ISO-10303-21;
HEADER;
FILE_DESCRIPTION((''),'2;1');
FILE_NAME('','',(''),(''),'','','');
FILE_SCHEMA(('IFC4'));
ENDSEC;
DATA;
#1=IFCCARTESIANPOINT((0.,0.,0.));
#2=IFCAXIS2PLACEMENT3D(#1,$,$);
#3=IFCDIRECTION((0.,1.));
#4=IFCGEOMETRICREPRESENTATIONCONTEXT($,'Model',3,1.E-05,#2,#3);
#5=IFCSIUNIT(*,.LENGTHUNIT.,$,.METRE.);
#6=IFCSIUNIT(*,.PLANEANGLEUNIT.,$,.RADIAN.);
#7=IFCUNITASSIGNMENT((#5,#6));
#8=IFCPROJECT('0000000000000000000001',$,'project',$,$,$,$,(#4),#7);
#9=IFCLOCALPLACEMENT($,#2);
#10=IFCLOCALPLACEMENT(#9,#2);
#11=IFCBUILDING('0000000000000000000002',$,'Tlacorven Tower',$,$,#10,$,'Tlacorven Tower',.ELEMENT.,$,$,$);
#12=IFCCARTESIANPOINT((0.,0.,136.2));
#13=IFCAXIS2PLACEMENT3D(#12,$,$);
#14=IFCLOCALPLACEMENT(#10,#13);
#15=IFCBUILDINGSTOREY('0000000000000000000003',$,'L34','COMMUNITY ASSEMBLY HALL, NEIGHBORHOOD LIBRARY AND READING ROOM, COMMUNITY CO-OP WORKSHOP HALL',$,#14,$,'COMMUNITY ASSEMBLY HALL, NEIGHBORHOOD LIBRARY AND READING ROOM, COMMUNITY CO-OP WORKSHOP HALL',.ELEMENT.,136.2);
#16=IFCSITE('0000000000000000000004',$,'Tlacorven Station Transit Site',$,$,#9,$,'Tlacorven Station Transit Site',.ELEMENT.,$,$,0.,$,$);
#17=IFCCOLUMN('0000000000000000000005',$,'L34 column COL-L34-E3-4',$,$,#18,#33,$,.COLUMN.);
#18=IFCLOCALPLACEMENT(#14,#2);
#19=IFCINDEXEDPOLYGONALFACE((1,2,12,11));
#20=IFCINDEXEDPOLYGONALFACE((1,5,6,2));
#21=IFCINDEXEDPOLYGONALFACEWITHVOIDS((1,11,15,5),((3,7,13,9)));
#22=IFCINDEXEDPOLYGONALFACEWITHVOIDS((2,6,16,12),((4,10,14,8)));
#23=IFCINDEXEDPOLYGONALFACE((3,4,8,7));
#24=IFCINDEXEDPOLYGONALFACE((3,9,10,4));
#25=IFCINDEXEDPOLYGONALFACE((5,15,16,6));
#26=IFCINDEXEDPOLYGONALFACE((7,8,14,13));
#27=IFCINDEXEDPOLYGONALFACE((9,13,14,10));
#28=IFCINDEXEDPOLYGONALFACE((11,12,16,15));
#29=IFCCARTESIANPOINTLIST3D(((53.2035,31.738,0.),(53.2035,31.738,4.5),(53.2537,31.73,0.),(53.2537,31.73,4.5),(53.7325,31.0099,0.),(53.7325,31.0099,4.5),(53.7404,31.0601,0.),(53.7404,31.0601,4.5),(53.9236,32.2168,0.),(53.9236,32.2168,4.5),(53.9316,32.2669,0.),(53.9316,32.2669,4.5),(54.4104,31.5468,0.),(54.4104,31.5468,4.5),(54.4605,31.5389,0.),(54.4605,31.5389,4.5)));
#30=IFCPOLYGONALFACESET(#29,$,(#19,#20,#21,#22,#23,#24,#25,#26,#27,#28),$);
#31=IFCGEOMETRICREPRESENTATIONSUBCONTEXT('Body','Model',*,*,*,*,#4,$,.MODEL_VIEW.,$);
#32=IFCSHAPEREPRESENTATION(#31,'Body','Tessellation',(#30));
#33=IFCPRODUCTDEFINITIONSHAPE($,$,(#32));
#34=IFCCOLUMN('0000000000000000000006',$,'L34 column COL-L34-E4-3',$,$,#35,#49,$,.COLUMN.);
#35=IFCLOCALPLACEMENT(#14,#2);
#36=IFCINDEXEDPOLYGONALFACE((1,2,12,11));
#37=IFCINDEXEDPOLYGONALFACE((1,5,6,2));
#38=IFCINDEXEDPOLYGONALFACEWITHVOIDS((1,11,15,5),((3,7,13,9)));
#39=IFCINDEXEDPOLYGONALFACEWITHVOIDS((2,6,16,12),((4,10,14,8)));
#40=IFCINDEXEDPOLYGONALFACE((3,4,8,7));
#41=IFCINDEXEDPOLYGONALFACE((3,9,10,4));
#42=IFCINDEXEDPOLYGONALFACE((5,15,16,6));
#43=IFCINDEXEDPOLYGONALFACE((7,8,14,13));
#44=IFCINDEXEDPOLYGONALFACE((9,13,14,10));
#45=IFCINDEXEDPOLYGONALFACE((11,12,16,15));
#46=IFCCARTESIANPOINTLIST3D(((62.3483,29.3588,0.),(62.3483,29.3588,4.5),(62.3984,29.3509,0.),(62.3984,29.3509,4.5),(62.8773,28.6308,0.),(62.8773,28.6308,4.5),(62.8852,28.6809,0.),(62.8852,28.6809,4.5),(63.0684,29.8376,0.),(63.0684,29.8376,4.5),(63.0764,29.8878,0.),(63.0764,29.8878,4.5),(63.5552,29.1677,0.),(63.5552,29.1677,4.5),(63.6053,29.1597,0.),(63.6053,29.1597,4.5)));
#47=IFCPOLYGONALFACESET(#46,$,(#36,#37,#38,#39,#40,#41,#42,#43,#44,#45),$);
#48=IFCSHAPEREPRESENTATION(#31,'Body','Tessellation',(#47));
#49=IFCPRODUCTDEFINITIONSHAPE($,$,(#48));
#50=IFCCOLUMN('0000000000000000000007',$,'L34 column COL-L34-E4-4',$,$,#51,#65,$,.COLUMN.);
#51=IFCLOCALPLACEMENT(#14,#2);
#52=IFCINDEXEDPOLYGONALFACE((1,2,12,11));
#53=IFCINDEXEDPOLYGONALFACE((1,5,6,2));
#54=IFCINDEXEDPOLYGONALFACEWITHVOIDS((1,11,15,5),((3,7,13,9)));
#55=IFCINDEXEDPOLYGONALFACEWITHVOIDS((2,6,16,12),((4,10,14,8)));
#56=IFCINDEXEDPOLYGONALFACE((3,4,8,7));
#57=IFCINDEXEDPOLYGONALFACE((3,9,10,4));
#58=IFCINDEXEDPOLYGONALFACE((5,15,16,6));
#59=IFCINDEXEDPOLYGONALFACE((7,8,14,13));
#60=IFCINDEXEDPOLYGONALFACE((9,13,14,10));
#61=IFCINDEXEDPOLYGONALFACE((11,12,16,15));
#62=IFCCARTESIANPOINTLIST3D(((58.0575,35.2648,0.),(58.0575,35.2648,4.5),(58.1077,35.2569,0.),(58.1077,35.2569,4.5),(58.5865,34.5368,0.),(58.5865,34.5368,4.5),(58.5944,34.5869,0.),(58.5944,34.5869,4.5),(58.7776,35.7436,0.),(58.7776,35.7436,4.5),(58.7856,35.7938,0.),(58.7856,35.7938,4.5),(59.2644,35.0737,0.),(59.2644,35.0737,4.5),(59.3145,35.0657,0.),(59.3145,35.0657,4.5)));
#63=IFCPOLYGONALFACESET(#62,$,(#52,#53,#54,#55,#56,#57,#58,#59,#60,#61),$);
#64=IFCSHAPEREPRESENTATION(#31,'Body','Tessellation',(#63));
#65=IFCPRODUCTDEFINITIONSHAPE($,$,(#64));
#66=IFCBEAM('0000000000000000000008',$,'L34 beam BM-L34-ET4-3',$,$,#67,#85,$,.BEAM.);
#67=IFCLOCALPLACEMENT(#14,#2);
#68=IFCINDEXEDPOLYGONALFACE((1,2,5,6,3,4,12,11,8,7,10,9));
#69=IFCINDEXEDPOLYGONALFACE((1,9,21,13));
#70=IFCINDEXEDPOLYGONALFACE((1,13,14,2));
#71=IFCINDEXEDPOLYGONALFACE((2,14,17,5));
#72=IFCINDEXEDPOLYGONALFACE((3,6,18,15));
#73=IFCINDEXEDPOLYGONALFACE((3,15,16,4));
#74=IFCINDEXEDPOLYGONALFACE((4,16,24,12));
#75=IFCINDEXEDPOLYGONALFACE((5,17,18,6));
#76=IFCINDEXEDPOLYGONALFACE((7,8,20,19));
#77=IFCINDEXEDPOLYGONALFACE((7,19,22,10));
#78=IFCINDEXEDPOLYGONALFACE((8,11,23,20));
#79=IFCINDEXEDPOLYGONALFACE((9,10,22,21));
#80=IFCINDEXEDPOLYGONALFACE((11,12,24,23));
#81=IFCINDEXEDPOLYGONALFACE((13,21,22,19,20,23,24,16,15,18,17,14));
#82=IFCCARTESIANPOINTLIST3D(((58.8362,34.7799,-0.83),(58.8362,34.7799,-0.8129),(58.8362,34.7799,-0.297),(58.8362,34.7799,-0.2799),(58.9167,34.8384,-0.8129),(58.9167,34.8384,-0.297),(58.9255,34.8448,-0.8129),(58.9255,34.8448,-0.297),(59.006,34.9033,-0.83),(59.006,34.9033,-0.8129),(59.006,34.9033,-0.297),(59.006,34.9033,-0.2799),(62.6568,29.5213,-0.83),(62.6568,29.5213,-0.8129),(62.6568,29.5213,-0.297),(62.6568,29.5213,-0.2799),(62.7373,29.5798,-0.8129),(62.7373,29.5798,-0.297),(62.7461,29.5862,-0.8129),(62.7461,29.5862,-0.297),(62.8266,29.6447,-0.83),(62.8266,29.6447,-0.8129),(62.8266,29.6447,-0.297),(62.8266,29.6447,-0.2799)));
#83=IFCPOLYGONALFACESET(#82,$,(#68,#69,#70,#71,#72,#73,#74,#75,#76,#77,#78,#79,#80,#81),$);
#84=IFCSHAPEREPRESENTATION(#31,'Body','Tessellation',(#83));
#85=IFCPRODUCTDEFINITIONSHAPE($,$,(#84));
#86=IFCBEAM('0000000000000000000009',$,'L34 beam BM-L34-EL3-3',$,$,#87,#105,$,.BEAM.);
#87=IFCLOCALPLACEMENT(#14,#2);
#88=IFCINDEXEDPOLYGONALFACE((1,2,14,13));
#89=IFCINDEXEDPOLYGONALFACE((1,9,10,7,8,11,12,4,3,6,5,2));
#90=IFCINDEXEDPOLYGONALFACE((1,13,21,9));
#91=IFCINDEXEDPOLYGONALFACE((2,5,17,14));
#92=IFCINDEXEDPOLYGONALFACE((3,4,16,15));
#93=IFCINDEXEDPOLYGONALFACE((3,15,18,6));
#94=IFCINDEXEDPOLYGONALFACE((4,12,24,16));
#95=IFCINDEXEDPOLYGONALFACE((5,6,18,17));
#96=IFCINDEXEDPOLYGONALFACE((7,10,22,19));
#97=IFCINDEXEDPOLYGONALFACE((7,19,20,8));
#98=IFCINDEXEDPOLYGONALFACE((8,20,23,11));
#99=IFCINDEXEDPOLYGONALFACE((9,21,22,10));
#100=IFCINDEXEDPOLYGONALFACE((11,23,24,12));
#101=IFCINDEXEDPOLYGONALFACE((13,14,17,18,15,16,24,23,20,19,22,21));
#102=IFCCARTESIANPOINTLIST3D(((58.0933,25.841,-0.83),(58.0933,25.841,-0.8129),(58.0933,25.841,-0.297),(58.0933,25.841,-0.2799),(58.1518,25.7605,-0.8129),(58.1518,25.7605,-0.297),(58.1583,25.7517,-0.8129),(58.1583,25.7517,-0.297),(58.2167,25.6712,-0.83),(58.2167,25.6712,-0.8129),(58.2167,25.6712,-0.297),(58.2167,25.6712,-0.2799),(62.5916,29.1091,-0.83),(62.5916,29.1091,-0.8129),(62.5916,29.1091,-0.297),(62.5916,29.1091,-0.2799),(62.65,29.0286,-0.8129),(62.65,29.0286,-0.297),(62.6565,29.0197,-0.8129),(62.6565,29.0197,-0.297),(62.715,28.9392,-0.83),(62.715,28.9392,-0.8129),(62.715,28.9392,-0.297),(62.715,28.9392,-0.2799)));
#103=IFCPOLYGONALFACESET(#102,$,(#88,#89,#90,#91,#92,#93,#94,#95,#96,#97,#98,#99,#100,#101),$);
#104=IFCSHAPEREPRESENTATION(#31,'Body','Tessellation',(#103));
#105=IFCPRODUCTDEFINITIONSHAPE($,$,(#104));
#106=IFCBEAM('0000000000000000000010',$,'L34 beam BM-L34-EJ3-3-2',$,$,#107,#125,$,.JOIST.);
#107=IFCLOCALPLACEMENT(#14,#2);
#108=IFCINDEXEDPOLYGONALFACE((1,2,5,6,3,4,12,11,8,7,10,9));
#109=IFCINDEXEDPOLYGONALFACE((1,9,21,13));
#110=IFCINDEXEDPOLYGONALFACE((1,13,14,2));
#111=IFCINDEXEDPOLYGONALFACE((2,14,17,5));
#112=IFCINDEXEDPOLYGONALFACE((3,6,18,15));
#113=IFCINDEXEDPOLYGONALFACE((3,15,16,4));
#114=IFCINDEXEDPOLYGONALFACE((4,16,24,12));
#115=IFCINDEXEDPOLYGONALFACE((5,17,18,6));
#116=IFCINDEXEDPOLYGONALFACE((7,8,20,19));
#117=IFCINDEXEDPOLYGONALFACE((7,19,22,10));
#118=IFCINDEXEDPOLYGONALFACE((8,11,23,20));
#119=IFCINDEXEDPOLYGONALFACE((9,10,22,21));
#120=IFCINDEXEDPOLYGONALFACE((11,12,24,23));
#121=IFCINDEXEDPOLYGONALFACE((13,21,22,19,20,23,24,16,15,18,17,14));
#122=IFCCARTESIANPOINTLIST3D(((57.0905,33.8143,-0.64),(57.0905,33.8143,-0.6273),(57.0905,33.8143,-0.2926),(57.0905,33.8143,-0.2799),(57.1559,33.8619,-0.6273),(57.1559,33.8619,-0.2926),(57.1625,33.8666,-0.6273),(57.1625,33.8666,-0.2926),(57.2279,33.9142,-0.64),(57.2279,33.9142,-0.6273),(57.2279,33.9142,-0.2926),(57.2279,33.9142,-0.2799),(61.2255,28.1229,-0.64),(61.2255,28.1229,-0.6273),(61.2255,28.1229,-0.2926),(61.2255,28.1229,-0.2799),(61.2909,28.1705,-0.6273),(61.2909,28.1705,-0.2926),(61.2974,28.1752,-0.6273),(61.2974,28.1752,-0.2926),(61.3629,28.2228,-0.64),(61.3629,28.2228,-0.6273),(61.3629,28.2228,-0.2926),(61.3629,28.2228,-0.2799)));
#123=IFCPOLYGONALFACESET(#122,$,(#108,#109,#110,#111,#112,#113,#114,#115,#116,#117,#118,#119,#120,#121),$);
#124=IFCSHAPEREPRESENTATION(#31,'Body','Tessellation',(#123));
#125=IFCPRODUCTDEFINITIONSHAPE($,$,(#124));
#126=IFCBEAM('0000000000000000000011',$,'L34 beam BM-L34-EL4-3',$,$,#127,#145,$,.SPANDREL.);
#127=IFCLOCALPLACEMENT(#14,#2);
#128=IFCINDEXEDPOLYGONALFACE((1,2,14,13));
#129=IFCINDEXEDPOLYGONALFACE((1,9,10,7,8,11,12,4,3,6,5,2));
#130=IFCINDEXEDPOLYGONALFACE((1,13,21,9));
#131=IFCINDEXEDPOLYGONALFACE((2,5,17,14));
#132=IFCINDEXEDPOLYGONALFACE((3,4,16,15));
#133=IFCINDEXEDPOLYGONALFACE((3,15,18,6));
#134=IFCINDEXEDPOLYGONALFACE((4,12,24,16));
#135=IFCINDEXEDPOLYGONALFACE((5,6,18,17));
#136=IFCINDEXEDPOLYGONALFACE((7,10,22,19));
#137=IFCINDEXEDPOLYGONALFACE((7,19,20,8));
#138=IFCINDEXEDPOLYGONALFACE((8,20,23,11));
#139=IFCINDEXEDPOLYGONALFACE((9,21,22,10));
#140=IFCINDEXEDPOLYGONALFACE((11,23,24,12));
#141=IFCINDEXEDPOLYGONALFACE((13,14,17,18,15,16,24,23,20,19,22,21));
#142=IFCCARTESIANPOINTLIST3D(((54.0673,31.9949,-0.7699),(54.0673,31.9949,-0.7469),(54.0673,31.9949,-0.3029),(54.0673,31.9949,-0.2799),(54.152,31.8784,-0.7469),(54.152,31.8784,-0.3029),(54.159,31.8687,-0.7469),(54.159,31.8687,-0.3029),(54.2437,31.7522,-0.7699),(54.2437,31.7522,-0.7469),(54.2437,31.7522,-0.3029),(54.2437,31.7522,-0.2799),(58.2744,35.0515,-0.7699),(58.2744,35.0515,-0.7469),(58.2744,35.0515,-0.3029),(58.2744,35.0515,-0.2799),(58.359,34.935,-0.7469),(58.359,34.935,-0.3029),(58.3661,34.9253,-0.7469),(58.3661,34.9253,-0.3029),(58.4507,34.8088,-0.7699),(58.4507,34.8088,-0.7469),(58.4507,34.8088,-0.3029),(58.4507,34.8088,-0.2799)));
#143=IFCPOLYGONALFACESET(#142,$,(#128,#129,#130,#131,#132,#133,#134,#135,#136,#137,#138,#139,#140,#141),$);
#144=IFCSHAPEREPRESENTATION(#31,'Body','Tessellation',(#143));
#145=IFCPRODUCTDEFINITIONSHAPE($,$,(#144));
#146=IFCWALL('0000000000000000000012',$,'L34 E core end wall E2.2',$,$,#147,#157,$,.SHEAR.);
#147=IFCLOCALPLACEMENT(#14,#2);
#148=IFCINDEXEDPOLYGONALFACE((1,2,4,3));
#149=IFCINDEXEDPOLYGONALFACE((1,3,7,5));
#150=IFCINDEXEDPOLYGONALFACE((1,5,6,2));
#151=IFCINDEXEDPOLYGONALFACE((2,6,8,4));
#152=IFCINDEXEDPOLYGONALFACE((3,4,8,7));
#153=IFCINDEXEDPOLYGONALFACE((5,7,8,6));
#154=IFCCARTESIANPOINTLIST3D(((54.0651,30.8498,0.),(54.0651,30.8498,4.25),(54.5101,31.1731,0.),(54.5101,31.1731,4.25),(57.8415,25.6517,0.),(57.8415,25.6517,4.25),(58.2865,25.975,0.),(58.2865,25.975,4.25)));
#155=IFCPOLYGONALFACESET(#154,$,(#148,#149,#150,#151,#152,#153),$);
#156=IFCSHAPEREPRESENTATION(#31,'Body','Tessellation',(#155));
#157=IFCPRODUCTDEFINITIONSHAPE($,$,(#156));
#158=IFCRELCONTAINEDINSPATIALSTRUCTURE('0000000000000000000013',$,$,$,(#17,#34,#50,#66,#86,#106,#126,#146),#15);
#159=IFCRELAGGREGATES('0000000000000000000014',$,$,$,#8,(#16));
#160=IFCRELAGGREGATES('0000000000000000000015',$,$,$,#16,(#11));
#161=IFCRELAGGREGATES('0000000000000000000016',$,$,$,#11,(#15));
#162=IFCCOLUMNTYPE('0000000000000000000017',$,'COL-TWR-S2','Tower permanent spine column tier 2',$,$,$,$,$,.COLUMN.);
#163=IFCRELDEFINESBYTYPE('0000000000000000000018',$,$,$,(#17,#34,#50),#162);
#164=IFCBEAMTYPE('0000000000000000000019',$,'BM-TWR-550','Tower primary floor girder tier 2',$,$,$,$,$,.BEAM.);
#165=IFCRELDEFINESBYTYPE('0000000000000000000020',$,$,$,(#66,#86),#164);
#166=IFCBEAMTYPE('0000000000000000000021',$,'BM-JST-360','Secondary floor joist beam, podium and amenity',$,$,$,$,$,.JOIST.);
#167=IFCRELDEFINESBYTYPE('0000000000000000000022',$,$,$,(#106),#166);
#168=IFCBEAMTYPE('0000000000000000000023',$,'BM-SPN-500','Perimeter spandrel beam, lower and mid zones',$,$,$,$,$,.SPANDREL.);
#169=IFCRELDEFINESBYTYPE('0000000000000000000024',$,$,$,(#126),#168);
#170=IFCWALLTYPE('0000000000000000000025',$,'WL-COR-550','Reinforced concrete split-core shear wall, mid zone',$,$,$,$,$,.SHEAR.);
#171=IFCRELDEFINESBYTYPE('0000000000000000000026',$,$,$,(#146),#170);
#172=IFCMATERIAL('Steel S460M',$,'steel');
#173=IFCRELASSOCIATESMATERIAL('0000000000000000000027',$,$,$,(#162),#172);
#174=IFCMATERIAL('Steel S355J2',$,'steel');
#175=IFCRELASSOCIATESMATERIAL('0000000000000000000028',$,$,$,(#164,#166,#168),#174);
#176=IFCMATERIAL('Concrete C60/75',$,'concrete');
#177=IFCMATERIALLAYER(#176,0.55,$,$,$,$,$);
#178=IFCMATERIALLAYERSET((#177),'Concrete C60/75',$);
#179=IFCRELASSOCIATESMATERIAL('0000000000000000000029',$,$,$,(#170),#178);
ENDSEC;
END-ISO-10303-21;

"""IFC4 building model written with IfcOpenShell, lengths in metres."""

from ifc_helpers import new_model, si_unit, direction, frame, frame_2d, origin, origin_2d, place, context, subcontext, project, spatial, rectangle, hollow_rectangle, i_section, extrude, source, transform, mapped, material, layer, layer_set, material_profile, profile_set, type_object, element, save


model = new_model("IFC4")

# Units and contexts
model_context = context("Model", 3, precision=1e-05, world=origin(), true_north=direction((0.0, 1.0)))
body_context = subcontext(model_context, "Body", "Model", "MODEL_VIEW")
ifc_project = project(units=[si_unit("LENGTHUNIT", "METRE"), si_unit("PLANEANGLEUNIT", "RADIAN")], contexts=[model_context])

# Site, building, storey
site_placement = place(None, origin())
site = spatial("IfcSite", under=ifc_project, at=site_placement, Name="Tlacorven Station Transit Site", LongName="Tlacorven Station Transit Site", CompositionType="ELEMENT", RefElevation=0.0)
building_placement = place(site_placement, origin())
building = spatial("IfcBuilding", under=site, at=building_placement, Name="Tlacorven Tower", LongName="Tlacorven Tower", CompositionType="ELEMENT")
storey_placement = place(building_placement, frame((0.0, 0.0, 136.2)))
storey = spatial("IfcBuildingStorey", under=building, at=storey_placement, Name="L34", Description="COMMUNITY ASSEMBLY HALL, NEIGHBORHOOD LIBRARY AND READING ROOM, COMMUNITY CO-OP WORKSHOP HALL", LongName="COMMUNITY ASSEMBLY HALL, NEIGHBORHOOD LIBRARY AND READING ROOM, COMMUNITY CO-OP WORKSHOP HALL", CompositionType="ELEMENT", Elevation=136.2)

# Columns
ifc_material_1 = material(Name="Steel S460M", Category="steel")
ifc_material_profile_1 = material_profile(ifc_material_1, hollow_rectangle(XDim=0.8999, YDim=0.8999, WallThickness=0.0359, at=origin_2d()), Name="BOX 900X900X36")
ifc_profile_set_1 = profile_set([ifc_material_profile_1], Name="Steel S460M")
column_type = type_object("IfcColumnType", Name="COL-TWR-S2", Description="Tower permanent spine column tier 2", PredefinedType="COLUMN", material=ifc_profile_set_1)
shared_shape_1 = source(origin(), body_context, "Body", "SweptSolid", [
    extrude(hollow_rectangle(XDim=0.8999, YDim=0.8999, WallThickness=0.0359, at=origin_2d()), origin(), (0.0, 0.0, 1.0), 4.5),
])
for number, where, z_axis, x_axis, name in (
    (1, (53.832, 31.6384, 0.0), (0.0, 0.0, 1.0), (0.809017, 0.587785, 0.0), "L34 column COL-L34-E3-4"),
    (2, (62.9768, 29.2593, 0.0), (0.0, 0.0, 1.0), (0.809017, 0.587785, 0.0), "L34 column COL-L34-E4-3"),
    (3, (58.686, 35.1653, 0.0), (0.0, 0.0, 1.0), (0.809017, 0.587785, 0.0), "L34 column COL-L34-E4-4"),
):
    element("IfcColumn", number, at=place(storey_placement, frame(where, z_axis=z_axis, x_axis=x_axis)), inside=storey, type_object=column_type, Name=name, PredefinedType="COLUMN", context=body_context, shape_type="MappedRepresentation", body=[
        mapped(shared_shape_1, transform((0.0, 0.0, 0.0), scale=1.0)),
    ])

# Beams
ifc_material_2 = material(Name="Steel S355J2", Category="steel")
ifc_material_profile_2 = material_profile(ifc_material_2, i_section(OverallWidth=0.21, OverallDepth=0.55, WebThickness=0.011, FlangeThickness=0.0171, at=origin_2d()), Name="IPE 550")
ifc_profile_set_2 = profile_set([ifc_material_profile_2], Name="Steel S355J2")
beam_type_1 = type_object("IfcBeamType", Name="BM-TWR-550", Description="Tower primary floor girder tier 2", PredefinedType="BEAM", material=ifc_profile_set_2)
shared_shape_2 = source(origin(), body_context, "Body", "SweptSolid", [
    extrude(i_section(OverallWidth=0.21, OverallDepth=0.55, WebThickness=0.011, FlangeThickness=0.0171, at=origin_2d()), origin(), (0.0, 0.0, 1.0), 6.5),
])
beam_1_placement = place(storey_placement, frame((62.7417, 29.583, -0.5549), z_axis=(-0.587785, 0.809017, 0.0), x_axis=(-0.809017, -0.587785, 0.0)))
element("IfcBeam", 4, at=beam_1_placement, inside=storey, type_object=beam_type_1, Name="L34 beam BM-L34-ET4-3", PredefinedType="BEAM", context=body_context, shape_type="MappedRepresentation", body=[
    mapped(shared_shape_2, transform((0.0, 0.0, 0.0), scale=1.0)),
])
shared_shape_3 = source(origin(), body_context, "Body", "SweptSolid", [
    extrude(i_section(OverallWidth=0.21, OverallDepth=0.55, WebThickness=0.011, FlangeThickness=0.0171, at=origin_2d()), origin(), (0.0, 0.0, 1.0), 5.5601),
])
beam_2_placement = place(storey_placement, frame((58.155, 25.7561, -0.5549), z_axis=(0.809028, 0.58777, 0.0), x_axis=(-0.58777, 0.809028, 0.0)))
element("IfcBeam", 5, at=beam_2_placement, inside=storey, type_object=beam_type_1, Name="L34 beam BM-L34-EL3-3", PredefinedType="BEAM", context=body_context, shape_type="MappedRepresentation", body=[
    mapped(shared_shape_3, transform((0.0, 0.0, 0.0), scale=1.0)),
])
ifc_material_profile_3 = material_profile(ifc_material_2, i_section(OverallWidth=0.1699, OverallDepth=0.3601, WebThickness=0.0081, FlangeThickness=0.0127, at=origin_2d()), Name="IPE 360")
ifc_profile_set_3 = profile_set([ifc_material_profile_3], Name="Steel S355J2")
beam_type_2 = type_object("IfcBeamType", Name="BM-JST-360", Description="Secondary floor joist beam, podium and amenity", PredefinedType="JOIST", material=ifc_profile_set_3)
shared_shape_4 = source(origin(), body_context, "Body", "SweptSolid", [
    extrude(i_section(OverallWidth=0.1699, OverallDepth=0.3601, WebThickness=0.0081, FlangeThickness=0.0127, at=origin_2d()), origin(), (0.0, 0.0, 1.0), 7.0349),
])
beam_3_placement = place(storey_placement, frame((61.2942, 28.1729, -0.46), z_axis=(-0.587782, 0.80902, 0.0), x_axis=(-0.80902, -0.587782, 0.0)))
element("IfcBeam", 6, at=beam_3_placement, inside=storey, type_object=beam_type_2, Name="L34 beam BM-L34-EJ3-3-2", PredefinedType="JOIST", context=body_context, shape_type="MappedRepresentation", body=[
    mapped(shared_shape_4, transform((0.0, 0.0, 0.0), scale=1.0)),
])
ifc_material_profile_4 = material_profile(ifc_material_2, i_section(OverallWidth=0.3, OverallDepth=0.49, WebThickness=0.012, FlangeThickness=0.0229, at=origin_2d()), Name="HEA 500")
ifc_profile_set_4 = profile_set([ifc_material_profile_4], Name="Steel S355J2")
beam_type_3 = type_object("IfcBeamType", Name="BM-SPN-500", Description="Perimeter spandrel beam, lower and mid zones", PredefinedType="SPANDREL", material=ifc_profile_set_4)
shared_shape_5 = source(origin(), body_context, "Body", "SweptSolid", [
    extrude(i_section(OverallWidth=0.3, OverallDepth=0.49, WebThickness=0.012, FlangeThickness=0.0229, at=origin_2d()), origin(), (0.0, 0.0, 1.0), 5.2002),
])
beam_4_placement = place(storey_placement, frame((54.1555, 31.8735, -0.5249), z_axis=(0.809012, 0.587792, 0.0), x_axis=(-0.587792, 0.809012, 0.0)))
element("IfcBeam", 7, at=beam_4_placement, inside=storey, type_object=beam_type_3, Name="L34 beam BM-L34-EL4-3", PredefinedType="SPANDREL", context=body_context, shape_type="MappedRepresentation", body=[
    mapped(shared_shape_5, transform((0.0, 0.0, 0.0), scale=1.0)),
])

# Wall
ifc_material_3 = material(Name="Concrete C60/75", Category="concrete")
ifc_layer_1 = layer(ifc_material_3, 0.55)
ifc_layer_set_1 = layer_set([ifc_layer_1], Name="Concrete C60/75")
wall_type_1 = type_object("IfcWallType", Name="WL-COR-550", Description="Reinforced concrete split-core shear wall, mid zone", PredefinedType="SHEAR", material=ifc_layer_set_1)
wall_1_placement = place(storey_placement, frame((58.064, 25.8135, 0.0), z_axis=(0.0, 0.0, 1.0), x_axis=(-0.587765, 0.809032, 0.0)))
element("IfcWall", 8, at=wall_1_placement, inside=storey, type_object=wall_type_1, Name="L34 E core end wall E2.2", PredefinedType="SHEAR", context=body_context, shape_type="SweptSolid", body=[
    extrude(rectangle(XDim=6.425, YDim=0.55, at=frame_2d((3.2124, 0.0))), origin(), (0.0, 0.0, 1.0), 4.25),
])

save(model, "model.ifc")
